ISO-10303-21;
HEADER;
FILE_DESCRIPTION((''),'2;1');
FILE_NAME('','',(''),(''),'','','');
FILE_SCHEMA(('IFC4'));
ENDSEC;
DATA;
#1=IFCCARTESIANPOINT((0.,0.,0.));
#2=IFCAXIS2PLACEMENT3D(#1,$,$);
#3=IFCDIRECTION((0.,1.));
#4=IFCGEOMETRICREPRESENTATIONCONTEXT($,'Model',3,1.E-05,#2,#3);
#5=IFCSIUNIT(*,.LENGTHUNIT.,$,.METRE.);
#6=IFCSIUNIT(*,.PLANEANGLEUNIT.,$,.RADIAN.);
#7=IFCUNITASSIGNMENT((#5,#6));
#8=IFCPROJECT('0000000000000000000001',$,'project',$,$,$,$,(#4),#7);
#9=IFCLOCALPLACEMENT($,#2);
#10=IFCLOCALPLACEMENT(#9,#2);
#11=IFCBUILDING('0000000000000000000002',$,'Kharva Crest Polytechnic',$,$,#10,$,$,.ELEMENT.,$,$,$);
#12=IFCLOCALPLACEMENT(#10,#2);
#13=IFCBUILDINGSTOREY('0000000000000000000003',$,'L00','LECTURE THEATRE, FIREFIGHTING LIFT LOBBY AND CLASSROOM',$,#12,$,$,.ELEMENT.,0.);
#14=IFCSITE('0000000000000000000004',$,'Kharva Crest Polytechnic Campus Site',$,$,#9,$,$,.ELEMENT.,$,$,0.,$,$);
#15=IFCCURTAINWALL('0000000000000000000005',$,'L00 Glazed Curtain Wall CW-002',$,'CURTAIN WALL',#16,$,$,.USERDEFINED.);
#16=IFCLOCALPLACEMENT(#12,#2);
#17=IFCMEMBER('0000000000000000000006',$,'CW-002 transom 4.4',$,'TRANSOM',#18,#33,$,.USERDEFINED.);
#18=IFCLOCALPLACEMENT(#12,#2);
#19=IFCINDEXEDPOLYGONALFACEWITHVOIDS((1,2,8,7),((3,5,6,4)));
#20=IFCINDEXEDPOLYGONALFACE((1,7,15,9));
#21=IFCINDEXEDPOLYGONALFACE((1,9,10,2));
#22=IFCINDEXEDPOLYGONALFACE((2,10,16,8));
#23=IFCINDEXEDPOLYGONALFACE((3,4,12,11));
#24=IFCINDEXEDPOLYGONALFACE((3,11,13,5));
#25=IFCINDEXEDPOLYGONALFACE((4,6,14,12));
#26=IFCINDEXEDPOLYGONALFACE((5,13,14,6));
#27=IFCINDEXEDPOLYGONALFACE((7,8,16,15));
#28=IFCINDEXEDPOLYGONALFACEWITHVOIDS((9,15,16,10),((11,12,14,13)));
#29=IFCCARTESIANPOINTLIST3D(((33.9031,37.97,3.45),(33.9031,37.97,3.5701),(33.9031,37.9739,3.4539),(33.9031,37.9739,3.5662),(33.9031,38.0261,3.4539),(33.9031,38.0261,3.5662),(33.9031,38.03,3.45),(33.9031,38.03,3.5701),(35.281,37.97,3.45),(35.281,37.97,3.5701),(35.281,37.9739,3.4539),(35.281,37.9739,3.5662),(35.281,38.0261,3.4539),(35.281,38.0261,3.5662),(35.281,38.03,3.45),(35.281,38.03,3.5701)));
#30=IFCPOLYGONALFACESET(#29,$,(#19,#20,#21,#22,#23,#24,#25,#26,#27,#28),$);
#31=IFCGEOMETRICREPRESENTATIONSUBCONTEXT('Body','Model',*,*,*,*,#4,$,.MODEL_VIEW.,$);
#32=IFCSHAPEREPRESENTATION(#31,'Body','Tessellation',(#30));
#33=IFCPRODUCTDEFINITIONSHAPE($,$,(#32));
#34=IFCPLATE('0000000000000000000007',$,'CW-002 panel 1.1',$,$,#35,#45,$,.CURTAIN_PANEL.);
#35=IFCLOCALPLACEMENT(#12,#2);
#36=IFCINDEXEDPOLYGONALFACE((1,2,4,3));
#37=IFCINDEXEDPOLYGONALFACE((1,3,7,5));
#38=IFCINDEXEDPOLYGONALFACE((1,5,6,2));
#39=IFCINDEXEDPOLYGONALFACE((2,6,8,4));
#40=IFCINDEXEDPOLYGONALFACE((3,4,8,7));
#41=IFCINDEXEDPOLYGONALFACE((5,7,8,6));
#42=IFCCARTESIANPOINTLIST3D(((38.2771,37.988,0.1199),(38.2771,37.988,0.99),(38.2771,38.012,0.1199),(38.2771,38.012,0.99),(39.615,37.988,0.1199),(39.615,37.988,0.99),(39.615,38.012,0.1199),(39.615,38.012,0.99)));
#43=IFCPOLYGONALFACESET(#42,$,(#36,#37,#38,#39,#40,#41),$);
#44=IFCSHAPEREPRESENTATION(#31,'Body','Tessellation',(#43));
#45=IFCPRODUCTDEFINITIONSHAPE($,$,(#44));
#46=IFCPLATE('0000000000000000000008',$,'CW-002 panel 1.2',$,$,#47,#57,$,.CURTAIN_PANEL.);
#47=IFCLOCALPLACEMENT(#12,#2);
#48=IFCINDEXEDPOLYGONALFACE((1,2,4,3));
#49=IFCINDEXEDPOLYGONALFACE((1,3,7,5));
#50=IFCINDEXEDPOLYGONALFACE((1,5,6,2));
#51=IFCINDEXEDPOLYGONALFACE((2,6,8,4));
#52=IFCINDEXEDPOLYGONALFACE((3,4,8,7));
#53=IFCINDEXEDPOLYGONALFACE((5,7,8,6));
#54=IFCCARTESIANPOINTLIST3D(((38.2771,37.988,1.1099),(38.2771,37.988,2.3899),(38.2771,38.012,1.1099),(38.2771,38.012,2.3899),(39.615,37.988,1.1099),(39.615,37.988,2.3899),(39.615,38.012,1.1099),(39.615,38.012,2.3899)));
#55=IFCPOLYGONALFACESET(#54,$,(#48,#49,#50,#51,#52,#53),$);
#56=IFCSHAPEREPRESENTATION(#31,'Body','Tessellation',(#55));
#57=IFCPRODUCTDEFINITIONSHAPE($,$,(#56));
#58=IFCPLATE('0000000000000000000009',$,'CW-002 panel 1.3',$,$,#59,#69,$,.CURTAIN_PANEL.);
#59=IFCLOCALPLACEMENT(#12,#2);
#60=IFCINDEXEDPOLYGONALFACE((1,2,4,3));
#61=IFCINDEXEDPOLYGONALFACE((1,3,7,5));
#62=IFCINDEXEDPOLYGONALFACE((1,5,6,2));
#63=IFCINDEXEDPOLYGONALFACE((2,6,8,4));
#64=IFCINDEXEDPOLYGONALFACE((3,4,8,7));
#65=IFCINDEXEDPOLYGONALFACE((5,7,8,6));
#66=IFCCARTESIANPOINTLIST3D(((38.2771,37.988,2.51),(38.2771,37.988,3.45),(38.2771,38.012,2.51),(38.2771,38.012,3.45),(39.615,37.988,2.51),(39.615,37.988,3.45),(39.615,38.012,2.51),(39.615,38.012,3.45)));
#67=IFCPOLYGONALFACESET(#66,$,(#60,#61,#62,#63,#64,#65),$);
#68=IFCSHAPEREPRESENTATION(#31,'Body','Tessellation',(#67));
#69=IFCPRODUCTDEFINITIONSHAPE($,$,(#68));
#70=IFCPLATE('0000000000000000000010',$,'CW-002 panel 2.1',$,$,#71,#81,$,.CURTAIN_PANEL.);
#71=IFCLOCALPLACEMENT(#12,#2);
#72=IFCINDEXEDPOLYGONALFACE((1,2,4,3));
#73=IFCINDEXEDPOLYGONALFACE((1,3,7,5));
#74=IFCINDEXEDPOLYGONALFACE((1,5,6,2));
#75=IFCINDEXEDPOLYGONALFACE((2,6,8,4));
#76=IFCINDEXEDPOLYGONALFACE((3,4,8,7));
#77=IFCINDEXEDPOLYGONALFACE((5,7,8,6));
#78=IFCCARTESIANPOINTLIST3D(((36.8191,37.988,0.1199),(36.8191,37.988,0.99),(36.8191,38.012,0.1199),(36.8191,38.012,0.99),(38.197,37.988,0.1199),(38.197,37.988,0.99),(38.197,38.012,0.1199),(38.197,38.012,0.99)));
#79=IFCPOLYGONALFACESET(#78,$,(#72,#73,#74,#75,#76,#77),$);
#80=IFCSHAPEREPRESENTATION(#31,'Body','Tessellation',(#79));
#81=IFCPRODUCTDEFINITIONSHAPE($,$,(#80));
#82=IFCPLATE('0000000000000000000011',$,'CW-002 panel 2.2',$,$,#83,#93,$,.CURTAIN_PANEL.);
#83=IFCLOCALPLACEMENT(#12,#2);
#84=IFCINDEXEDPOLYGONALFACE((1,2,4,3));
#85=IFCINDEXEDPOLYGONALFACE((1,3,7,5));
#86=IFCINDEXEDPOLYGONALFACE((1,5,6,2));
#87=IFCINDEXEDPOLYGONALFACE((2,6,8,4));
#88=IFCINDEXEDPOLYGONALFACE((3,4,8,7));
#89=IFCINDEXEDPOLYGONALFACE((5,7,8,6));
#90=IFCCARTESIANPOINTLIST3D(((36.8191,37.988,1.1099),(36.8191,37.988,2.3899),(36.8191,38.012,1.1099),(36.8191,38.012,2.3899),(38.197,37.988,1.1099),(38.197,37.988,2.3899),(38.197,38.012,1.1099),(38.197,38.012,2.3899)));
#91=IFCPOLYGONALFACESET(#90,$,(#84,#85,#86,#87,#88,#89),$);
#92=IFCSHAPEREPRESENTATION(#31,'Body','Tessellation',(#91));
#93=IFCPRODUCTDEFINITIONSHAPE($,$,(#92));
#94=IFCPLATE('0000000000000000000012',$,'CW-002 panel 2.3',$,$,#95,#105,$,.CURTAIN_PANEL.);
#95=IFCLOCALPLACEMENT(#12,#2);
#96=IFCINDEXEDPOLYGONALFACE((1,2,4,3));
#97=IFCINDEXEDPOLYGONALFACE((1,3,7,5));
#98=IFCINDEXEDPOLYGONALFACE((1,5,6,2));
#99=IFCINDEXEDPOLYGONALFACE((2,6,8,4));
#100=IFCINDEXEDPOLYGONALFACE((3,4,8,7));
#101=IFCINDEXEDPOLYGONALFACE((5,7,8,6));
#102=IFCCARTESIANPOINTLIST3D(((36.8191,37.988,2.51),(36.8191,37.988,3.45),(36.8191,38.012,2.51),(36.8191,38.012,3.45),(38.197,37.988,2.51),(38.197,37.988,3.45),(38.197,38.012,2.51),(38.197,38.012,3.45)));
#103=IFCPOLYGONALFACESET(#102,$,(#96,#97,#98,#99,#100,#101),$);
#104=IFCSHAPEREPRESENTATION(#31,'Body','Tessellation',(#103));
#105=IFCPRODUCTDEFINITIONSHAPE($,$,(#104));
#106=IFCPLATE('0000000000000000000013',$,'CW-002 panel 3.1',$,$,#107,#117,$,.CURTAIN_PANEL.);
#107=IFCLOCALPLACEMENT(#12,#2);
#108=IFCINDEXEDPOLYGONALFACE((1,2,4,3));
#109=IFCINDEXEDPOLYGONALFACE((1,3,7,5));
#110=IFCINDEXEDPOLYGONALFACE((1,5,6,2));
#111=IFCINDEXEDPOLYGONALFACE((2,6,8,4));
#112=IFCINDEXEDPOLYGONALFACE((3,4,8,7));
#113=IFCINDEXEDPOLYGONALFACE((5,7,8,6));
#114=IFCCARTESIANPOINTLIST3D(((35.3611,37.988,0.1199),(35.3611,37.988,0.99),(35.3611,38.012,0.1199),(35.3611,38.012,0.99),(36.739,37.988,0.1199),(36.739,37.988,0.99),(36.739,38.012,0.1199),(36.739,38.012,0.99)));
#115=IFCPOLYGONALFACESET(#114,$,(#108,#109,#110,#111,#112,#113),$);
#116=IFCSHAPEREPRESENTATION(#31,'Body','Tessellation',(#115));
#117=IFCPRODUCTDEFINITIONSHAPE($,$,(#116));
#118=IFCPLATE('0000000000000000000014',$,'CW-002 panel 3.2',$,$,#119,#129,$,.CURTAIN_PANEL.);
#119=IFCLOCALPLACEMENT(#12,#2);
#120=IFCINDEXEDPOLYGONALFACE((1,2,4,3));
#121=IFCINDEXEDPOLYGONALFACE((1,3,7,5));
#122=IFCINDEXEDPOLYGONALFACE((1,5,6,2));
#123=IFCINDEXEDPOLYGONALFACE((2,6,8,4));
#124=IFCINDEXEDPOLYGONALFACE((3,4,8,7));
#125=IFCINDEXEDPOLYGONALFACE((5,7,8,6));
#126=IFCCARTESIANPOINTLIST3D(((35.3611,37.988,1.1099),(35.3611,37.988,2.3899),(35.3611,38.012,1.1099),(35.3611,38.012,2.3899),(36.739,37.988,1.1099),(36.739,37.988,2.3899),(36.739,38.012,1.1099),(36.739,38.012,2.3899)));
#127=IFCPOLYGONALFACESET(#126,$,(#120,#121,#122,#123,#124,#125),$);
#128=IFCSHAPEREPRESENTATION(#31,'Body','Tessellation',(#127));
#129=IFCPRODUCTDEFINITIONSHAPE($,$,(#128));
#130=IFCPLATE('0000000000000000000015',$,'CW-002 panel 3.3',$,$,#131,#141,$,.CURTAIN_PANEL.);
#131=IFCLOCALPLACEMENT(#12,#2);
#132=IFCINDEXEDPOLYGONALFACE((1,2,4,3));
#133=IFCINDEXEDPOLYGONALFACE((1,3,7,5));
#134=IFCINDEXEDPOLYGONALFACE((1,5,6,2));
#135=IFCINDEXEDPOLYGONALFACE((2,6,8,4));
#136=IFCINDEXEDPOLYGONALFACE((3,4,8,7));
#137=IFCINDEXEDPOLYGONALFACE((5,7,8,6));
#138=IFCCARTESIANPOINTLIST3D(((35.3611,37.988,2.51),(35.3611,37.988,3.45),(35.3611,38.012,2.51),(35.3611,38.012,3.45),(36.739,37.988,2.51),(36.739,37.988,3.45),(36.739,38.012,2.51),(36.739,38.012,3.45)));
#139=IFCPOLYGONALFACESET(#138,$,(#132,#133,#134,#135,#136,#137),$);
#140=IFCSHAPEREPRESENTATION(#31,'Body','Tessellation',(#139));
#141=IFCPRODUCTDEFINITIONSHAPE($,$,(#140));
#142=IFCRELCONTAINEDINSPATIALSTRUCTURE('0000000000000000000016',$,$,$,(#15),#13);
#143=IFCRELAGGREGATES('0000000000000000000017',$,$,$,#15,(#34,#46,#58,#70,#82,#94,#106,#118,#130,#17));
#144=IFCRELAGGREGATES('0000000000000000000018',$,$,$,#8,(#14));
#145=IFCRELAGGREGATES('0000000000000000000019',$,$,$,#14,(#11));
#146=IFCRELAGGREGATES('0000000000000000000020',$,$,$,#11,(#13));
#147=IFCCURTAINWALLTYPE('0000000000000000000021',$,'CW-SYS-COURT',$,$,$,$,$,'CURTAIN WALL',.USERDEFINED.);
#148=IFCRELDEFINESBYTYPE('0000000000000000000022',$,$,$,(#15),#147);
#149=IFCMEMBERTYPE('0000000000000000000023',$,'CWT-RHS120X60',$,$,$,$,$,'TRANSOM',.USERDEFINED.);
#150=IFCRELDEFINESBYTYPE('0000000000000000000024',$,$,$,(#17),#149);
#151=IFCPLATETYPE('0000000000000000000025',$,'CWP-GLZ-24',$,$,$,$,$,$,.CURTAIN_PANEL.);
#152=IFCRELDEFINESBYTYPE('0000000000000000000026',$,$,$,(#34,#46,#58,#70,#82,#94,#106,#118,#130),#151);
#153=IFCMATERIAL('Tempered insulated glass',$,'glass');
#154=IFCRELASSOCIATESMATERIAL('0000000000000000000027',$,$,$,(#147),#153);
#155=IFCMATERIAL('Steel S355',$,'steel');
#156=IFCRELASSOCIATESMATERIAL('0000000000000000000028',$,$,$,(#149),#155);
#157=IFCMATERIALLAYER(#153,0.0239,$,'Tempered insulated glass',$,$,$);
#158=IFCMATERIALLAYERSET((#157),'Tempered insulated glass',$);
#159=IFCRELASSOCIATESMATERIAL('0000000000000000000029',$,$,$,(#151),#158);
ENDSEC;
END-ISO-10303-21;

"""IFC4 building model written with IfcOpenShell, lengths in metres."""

from ifc_helpers import new_model, si_unit, direction, frame, origin, origin_2d, place, context, subcontext, project, spatial, rectangle, hollow_rectangle, extrude, material, layer, layer_set, material_profile, profile_set, type_object, element, aggregate, save


model = new_model("IFC4")

# Units and contexts
model_context = context("Model", 3, precision=1e-05, world=origin(), true_north=direction((0.0, 1.0)))
body_context = subcontext(model_context, "Body", "Model", "MODEL_VIEW")
ifc_project = project(units=[si_unit("LENGTHUNIT", "METRE"), si_unit("PLANEANGLEUNIT", "RADIAN")], contexts=[model_context])

# Site, building, storey
site_placement = place(None, origin())
site = spatial("IfcSite", under=ifc_project, at=site_placement, Name="Kharva Crest Polytechnic Campus Site", CompositionType="ELEMENT", RefElevation=0.0)
building_placement = place(site_placement, origin())
building = spatial("IfcBuilding", under=site, at=building_placement, Name="Kharva Crest Polytechnic", CompositionType="ELEMENT")
storey_placement = place(building_placement, origin())
storey = spatial("IfcBuildingStorey", under=building, at=storey_placement, Name="L00", Description="LECTURE THEATRE, FIREFIGHTING LIFT LOBBY AND CLASSROOM", CompositionType="ELEMENT", Elevation=0.0)

# Curtain wall, member, plates
ifc_material_1 = material(Name="Tempered insulated glass", Category="glass")
curtain_wall_type = type_object("IfcCurtainWallType", Name="CW-SYS-COURT", ElementType="CURTAIN WALL", PredefinedType="USERDEFINED", material=ifc_material_1)
curtain_wall_placement = place(storey_placement, origin())
curtain_wall = element("IfcCurtainWall", 1, at=curtain_wall_placement, inside=storey, type_object=curtain_wall_type, Name="L00 Glazed Curtain Wall CW-002", ObjectType="CURTAIN WALL", PredefinedType="USERDEFINED")
ifc_material_2 = material(Name="Steel S355", Category="steel")
ifc_material_profile_1 = material_profile(ifc_material_2, hollow_rectangle(XDim=0.0601, YDim=0.1201, WallThickness=0.0039, at=origin_2d()), Name="RHS 120X60X4.0")
ifc_profile_set_1 = profile_set([ifc_material_profile_1], Name="Steel S355")
member_type_1 = type_object("IfcMemberType", Name="CWT-RHS120X60", ElementType="TRANSOM", PredefinedType="USERDEFINED", material=ifc_profile_set_1)
member_1_placement = place(storey_placement, frame((35.281, 38.0, 3.51), z_axis=(-1.0, 0.0, 0.0), x_axis=(0.0, -1.0, 0.0)))
member_1 = element("IfcMember", 2, at=member_1_placement, type_object=member_type_1, Name="CW-002 transom 4.4", ObjectType="TRANSOM", PredefinedType="USERDEFINED", context=body_context, shape_type="SweptSolid", body=[
    extrude(hollow_rectangle(XDim=0.0601, YDim=0.1201, WallThickness=0.0039, at=origin_2d()), origin(), (0.0, 0.0, 1.0), 1.3779),
])
ifc_layer = layer(ifc_material_1, 0.0239, Name="Tempered insulated glass")
ifc_layer_set = layer_set([ifc_layer], Name="Tempered insulated glass")
plate_type = type_object("IfcPlateType", Name="CWP-GLZ-24", PredefinedType="CURTAIN_PANEL", material=ifc_layer_set)
plate_1_placement = place(storey_placement, frame((38.946, 38.0, 0.1199), z_axis=(0.0, 0.0, 1.0), x_axis=(-1.0, 0.0, 0.0)))
plate_1 = element("IfcPlate", 3, at=plate_1_placement, type_object=plate_type, Name="CW-002 panel 1.1", PredefinedType="CURTAIN_PANEL", context=body_context, shape_type="SweptSolid", body=[
    extrude(rectangle(XDim=1.3379, YDim=0.0239, at=origin_2d()), origin(), (0.0, 0.0, 1.0), 0.8701),
])
plate_2_placement = place(storey_placement, frame((38.946, 38.0, 1.1099), z_axis=(0.0, 0.0, 1.0), x_axis=(-1.0, 0.0, 0.0)))
plate_2 = element("IfcPlate", 4, at=plate_2_placement, type_object=plate_type, Name="CW-002 panel 1.2", PredefinedType="CURTAIN_PANEL", context=body_context, shape_type="SweptSolid", body=[
    extrude(rectangle(XDim=1.3379, YDim=0.0239, at=origin_2d()), origin(), (0.0, 0.0, 1.0), 1.28),
])
plate_3_placement = place(storey_placement, frame((38.946, 38.0, 2.51), z_axis=(0.0, 0.0, 1.0), x_axis=(-1.0, 0.0, 0.0)))
plate_3 = element("IfcPlate", 5, at=plate_3_placement, type_object=plate_type, Name="CW-002 panel 1.3", PredefinedType="CURTAIN_PANEL", context=body_context, shape_type="SweptSolid", body=[
    extrude(rectangle(XDim=1.3379, YDim=0.0239, at=origin_2d()), origin(), (0.0, 0.0, 1.0), 0.9399),
])
plate_4_placement = place(storey_placement, frame((37.5081, 38.0, 0.1199), z_axis=(0.0, 0.0, 1.0), x_axis=(-1.0, 0.0, 0.0)))
plate_4 = element("IfcPlate", 6, at=plate_4_placement, type_object=plate_type, Name="CW-002 panel 2.1", PredefinedType="CURTAIN_PANEL", context=body_context, shape_type="SweptSolid", body=[
    extrude(rectangle(XDim=1.3779, YDim=0.0239, at=origin_2d()), origin(), (0.0, 0.0, 1.0), 0.8701),
])
plate_5_placement = place(storey_placement, frame((37.5081, 38.0, 1.1099), z_axis=(0.0, 0.0, 1.0), x_axis=(-1.0, 0.0, 0.0)))
plate_5 = element("IfcPlate", 7, at=plate_5_placement, type_object=plate_type, Name="CW-002 panel 2.2", PredefinedType="CURTAIN_PANEL", context=body_context, shape_type="SweptSolid", body=[
    extrude(rectangle(XDim=1.3779, YDim=0.0239, at=origin_2d()), origin(), (0.0, 0.0, 1.0), 1.28),
])
plate_6_placement = place(storey_placement, frame((37.5081, 38.0, 2.51), z_axis=(0.0, 0.0, 1.0), x_axis=(-1.0, 0.0, 0.0)))
plate_6 = element("IfcPlate", 8, at=plate_6_placement, type_object=plate_type, Name="CW-002 panel 2.3", PredefinedType="CURTAIN_PANEL", context=body_context, shape_type="SweptSolid", body=[
    extrude(rectangle(XDim=1.3779, YDim=0.0239, at=origin_2d()), origin(), (0.0, 0.0, 1.0), 0.9399),
])
plate_7_placement = place(storey_placement, frame((36.05, 38.0, 0.1199), z_axis=(0.0, 0.0, 1.0), x_axis=(-1.0, 0.0, 0.0)))
plate_7 = element("IfcPlate", 9, at=plate_7_placement, type_object=plate_type, Name="CW-002 panel 3.1", PredefinedType="CURTAIN_PANEL", context=body_context, shape_type="SweptSolid", body=[
    extrude(rectangle(XDim=1.3779, YDim=0.0239, at=origin_2d()), origin(), (0.0, 0.0, 1.0), 0.8701),
])
plate_8_placement = place(storey_placement, frame((36.05, 38.0, 1.1099), z_axis=(0.0, 0.0, 1.0), x_axis=(-1.0, 0.0, 0.0)))
plate_8 = element("IfcPlate", 10, at=plate_8_placement, type_object=plate_type, Name="CW-002 panel 3.2", PredefinedType="CURTAIN_PANEL", context=body_context, shape_type="SweptSolid", body=[
    extrude(rectangle(XDim=1.3779, YDim=0.0239, at=origin_2d()), origin(), (0.0, 0.0, 1.0), 1.28),
])
plate_9_placement = place(storey_placement, frame((36.05, 38.0, 2.51), z_axis=(0.0, 0.0, 1.0), x_axis=(-1.0, 0.0, 0.0)))
plate_9 = element("IfcPlate", 11, at=plate_9_placement, type_object=plate_type, Name="CW-002 panel 3.3", PredefinedType="CURTAIN_PANEL", context=body_context, shape_type="SweptSolid", body=[
    extrude(rectangle(XDim=1.3779, YDim=0.0239, at=origin_2d()), origin(), (0.0, 0.0, 1.0), 0.9399),
])
aggregate(curtain_wall, [plate_1, plate_2, plate_3, plate_4, plate_5, plate_6, plate_7, plate_8, plate_9, member_1])

save(model, "model.ifc")
